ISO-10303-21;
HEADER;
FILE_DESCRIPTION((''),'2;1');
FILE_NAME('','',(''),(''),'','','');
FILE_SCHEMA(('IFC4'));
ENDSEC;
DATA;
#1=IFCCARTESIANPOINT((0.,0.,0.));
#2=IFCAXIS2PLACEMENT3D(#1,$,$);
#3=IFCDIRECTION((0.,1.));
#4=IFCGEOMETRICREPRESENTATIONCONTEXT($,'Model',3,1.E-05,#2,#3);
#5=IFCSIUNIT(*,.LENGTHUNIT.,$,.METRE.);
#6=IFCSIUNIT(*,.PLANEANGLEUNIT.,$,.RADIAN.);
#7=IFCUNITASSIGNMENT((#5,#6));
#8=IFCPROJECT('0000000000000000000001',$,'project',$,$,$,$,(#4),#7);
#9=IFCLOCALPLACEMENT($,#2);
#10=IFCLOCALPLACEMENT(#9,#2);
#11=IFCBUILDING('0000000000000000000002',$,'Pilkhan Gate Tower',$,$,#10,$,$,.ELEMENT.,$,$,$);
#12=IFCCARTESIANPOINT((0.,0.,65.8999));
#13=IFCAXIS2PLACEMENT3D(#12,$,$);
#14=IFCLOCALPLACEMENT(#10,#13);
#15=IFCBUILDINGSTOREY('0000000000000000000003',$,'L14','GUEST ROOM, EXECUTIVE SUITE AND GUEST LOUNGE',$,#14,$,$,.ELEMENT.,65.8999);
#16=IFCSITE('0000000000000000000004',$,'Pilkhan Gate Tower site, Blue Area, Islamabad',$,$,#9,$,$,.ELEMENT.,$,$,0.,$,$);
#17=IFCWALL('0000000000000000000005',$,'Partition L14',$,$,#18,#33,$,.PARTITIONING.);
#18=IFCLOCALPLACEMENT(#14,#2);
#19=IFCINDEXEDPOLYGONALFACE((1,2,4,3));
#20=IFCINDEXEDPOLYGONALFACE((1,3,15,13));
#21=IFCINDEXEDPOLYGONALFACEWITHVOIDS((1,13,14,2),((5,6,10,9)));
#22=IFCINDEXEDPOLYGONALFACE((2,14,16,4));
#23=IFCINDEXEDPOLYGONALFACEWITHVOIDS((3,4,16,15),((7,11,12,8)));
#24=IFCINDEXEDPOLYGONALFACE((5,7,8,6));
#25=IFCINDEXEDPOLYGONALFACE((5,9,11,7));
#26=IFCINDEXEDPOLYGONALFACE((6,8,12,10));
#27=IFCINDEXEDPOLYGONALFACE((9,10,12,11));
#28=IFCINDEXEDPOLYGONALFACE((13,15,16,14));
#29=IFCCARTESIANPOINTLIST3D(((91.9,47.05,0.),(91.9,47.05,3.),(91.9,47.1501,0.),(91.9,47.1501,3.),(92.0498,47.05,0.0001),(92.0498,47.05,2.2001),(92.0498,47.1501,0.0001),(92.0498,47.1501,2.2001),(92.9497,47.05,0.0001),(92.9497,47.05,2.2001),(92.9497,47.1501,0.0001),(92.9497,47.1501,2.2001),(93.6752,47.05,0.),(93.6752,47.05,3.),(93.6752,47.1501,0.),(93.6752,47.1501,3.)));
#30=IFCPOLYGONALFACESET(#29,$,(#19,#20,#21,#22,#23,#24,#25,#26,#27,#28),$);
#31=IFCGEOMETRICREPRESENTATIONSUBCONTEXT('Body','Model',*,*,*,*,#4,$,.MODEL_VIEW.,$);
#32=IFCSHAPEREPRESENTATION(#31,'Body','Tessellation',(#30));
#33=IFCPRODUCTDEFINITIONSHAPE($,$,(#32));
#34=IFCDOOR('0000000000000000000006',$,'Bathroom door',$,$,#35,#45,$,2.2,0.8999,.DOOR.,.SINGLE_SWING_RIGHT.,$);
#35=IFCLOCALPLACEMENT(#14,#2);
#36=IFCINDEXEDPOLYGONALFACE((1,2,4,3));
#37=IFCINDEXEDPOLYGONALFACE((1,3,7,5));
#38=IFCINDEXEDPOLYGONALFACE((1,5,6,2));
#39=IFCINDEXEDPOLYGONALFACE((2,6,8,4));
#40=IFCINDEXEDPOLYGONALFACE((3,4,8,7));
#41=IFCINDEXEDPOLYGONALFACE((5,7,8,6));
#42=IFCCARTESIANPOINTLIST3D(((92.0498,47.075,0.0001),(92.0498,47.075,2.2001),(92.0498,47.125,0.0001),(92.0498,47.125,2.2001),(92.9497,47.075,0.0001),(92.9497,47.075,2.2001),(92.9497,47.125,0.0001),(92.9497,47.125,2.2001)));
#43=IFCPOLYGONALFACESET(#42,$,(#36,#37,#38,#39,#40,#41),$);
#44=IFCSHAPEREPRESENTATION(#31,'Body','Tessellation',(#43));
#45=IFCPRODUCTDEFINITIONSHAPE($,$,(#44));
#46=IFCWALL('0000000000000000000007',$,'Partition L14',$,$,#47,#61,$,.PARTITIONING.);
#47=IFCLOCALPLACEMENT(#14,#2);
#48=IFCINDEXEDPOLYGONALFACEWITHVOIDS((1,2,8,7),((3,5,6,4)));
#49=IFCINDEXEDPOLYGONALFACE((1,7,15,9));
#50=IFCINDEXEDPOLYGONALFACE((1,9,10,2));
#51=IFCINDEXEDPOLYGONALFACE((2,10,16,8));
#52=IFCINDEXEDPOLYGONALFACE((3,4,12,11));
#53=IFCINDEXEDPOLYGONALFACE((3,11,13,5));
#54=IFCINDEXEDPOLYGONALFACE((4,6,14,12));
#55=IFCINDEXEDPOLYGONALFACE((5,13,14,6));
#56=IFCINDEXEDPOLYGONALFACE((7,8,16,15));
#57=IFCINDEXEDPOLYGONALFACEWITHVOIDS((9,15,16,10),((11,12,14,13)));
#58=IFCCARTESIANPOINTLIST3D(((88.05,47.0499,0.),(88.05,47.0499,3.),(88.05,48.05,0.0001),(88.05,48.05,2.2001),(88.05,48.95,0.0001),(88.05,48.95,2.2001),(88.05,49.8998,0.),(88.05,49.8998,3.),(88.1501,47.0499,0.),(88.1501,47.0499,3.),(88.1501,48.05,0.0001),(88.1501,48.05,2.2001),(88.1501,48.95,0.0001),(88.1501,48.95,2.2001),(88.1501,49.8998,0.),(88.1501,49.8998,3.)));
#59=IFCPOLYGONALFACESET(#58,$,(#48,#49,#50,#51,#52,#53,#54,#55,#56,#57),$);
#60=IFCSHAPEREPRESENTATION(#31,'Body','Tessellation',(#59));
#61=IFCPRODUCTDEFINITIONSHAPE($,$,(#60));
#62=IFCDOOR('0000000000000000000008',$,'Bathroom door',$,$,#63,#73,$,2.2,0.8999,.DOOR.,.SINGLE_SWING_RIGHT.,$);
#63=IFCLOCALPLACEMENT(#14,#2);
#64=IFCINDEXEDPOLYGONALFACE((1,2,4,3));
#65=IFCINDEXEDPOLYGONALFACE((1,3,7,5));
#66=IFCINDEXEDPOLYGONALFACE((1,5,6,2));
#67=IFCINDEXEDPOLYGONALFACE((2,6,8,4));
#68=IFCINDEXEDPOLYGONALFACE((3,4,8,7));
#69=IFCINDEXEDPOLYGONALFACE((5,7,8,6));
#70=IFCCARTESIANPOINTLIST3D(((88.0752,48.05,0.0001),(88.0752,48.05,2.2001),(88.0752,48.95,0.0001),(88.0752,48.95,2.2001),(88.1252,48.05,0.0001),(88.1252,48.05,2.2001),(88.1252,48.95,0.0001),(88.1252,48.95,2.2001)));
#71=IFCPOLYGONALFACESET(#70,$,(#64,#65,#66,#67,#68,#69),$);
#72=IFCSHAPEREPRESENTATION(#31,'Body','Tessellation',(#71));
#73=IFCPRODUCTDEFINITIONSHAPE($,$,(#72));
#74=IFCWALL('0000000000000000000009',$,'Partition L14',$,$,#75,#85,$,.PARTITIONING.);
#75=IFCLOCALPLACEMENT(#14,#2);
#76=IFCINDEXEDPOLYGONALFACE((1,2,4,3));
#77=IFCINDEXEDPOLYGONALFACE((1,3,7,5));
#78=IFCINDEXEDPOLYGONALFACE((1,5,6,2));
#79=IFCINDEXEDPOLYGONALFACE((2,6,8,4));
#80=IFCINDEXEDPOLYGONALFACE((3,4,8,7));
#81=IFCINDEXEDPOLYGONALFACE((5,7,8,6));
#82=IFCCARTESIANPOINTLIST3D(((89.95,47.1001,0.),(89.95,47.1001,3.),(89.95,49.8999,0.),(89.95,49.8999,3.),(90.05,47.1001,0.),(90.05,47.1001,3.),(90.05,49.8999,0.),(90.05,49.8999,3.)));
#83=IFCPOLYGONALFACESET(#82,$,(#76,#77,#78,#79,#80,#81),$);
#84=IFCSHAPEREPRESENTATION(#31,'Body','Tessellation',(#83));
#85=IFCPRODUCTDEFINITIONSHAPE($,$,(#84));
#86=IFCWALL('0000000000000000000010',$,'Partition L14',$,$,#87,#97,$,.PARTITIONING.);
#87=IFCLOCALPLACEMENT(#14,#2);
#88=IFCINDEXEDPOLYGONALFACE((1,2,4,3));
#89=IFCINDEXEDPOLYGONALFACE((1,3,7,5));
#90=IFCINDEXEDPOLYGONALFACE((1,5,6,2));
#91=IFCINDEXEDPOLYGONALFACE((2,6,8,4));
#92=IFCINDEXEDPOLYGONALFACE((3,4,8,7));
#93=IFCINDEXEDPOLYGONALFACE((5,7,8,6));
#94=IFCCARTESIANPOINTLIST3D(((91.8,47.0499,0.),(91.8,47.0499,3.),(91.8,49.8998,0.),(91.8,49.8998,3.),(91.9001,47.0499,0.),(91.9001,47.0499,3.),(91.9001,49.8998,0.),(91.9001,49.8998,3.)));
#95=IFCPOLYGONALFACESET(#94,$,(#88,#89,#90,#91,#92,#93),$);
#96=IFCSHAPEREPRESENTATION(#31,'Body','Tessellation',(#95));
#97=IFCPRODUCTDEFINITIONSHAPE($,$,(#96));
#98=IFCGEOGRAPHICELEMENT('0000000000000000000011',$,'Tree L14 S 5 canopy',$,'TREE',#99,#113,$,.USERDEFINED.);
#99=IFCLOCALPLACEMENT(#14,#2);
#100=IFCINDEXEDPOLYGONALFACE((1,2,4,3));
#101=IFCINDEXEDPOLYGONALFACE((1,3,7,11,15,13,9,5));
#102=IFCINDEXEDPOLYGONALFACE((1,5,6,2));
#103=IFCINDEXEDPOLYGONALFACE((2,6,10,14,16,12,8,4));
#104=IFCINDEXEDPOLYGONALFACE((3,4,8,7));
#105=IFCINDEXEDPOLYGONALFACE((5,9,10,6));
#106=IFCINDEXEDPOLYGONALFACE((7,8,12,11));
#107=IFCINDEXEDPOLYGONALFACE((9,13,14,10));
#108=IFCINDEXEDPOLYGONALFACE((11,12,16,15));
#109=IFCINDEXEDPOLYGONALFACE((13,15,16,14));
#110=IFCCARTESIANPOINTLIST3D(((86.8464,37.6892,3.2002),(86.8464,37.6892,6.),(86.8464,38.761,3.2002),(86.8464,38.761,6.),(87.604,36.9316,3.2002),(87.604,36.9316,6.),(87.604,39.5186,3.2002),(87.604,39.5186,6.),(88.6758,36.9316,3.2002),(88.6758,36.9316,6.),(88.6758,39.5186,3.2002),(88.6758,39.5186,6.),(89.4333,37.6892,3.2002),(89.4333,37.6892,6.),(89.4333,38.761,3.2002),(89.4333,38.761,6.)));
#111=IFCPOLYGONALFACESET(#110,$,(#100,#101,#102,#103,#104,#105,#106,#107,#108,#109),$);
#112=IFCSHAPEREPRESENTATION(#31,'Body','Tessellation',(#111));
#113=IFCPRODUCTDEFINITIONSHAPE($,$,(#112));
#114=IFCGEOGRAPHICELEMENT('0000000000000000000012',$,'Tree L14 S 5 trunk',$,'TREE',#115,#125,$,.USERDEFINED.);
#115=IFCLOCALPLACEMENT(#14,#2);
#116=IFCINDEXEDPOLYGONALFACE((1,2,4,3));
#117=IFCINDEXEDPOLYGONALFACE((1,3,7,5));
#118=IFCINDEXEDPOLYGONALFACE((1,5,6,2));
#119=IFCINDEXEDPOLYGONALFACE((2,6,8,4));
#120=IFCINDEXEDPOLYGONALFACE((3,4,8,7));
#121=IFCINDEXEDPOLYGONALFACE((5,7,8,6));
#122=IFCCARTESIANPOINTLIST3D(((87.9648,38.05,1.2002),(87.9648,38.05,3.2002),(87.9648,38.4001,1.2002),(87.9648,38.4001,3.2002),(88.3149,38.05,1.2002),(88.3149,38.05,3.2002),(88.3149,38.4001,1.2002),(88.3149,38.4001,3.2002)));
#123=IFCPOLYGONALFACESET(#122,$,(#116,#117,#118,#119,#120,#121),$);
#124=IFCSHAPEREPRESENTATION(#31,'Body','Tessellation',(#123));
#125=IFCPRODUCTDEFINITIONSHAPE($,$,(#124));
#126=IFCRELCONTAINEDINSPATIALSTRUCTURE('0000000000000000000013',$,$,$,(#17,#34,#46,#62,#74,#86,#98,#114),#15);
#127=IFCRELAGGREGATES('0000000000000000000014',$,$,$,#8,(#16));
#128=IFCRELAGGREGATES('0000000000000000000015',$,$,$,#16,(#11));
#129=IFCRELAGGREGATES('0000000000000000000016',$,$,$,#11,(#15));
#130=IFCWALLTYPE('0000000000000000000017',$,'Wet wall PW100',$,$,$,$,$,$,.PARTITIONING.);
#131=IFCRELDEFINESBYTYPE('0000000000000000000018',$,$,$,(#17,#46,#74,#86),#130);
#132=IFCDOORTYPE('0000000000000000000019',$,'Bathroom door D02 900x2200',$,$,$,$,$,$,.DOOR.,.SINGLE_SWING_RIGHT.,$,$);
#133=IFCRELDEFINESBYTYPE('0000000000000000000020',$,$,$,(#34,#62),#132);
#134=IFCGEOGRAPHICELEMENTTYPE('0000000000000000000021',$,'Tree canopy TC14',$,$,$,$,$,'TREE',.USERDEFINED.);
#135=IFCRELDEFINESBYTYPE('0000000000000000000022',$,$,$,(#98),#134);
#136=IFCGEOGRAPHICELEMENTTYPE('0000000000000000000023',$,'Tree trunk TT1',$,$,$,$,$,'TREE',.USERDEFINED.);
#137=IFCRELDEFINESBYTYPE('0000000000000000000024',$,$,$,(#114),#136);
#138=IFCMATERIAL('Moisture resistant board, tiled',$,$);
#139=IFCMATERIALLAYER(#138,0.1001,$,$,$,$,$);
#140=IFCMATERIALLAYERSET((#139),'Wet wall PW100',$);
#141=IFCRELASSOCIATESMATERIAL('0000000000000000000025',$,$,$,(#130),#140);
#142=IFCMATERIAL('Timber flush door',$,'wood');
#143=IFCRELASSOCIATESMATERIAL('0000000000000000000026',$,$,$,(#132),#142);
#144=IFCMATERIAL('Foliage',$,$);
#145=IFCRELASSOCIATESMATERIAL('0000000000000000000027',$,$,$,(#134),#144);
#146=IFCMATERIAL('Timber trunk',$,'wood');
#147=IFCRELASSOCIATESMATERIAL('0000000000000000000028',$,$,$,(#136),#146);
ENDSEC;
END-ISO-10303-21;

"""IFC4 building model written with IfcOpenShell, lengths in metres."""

from ifc_helpers import new_model, si_unit, direction, frame, frame_2d, origin, origin_2d, place, context, subcontext, project, spatial, polyline, rectangle, outline, extrude, material, layer, layer_set, material_profile, profile_set, type_object, element, fill, save


model = new_model("IFC4")

# Units and contexts
model_context = context("Model", 3, precision=1e-05, world=origin(), true_north=direction((0.0, 1.0)))
body_context = subcontext(model_context, "Body", "Model", "MODEL_VIEW")
ifc_project = project(units=[si_unit("LENGTHUNIT", "METRE"), si_unit("PLANEANGLEUNIT", "RADIAN")], contexts=[model_context])

# Site, building, storey
site_placement = place(None, origin())
site = spatial("IfcSite", under=ifc_project, at=site_placement, Name="Pilkhan Gate Tower site, Blue Area, Islamabad", CompositionType="ELEMENT", RefElevation=0.0)
building_placement = place(site_placement, origin())
building = spatial("IfcBuilding", under=site, at=building_placement, Name="Pilkhan Gate Tower", CompositionType="ELEMENT")
storey_placement = place(building_placement, frame((0.0, 0.0, 65.8999)))
storey = spatial("IfcBuildingStorey", under=building, at=storey_placement, Name="L14", Description="GUEST ROOM, EXECUTIVE SUITE AND GUEST LOUNGE", CompositionType="ELEMENT", Elevation=65.8999)

# Shared definitions
ifc_material_1 = material(Name="Moisture resistant board, tiled")
ifc_layer_1 = layer(ifc_material_1, 0.1001)
ifc_layer_set_1 = layer_set([ifc_layer_1], Name="Wet wall PW100")
wall_type_1 = type_object("IfcWallType", Name="Wet wall PW100", PredefinedType="PARTITIONING", material=ifc_layer_set_1)

# Walls, openings, doors
wall_1_placement = place(storey_placement, frame((91.8999, 47.1001, 0.0), z_axis=(0.0, 0.0, 1.0), x_axis=(1.0, 0.0, 0.0)))
wall_1 = element("IfcWall", 1, at=wall_1_placement, inside=storey, type_object=wall_type_1, Name="Partition L14", PredefinedType="PARTITIONING", context=body_context, shape_type="SweptSolid", body=[
    extrude(rectangle(XDim=1.7751, YDim=0.1001, at=frame_2d((0.8877, 0.0))), origin(), (0.0, 0.0, 1.0), 3.0),
])
opening_1_placement = place(wall_1_placement, frame((0.1499, 0.0, 0.0)))
opening_1 = element("IfcOpeningElement", 2, at=opening_1_placement, cuts=wall_1, PredefinedType="OPENING", context=body_context, shape_type="SweptSolid", body=[
    extrude(rectangle(XDim=0.8999, YDim=2.2, at=frame_2d((0.45, 1.1001))), frame((0.0, 0.0601, 0.0), z_axis=(0.0, -1.0, 0.0), x_axis=(1.0, 0.0, 0.0)), (0.0, 0.0, 1.0), 0.1201),
])
ifc_material_2 = material(Name="Timber flush door", Category="wood")
door_type = type_object("IfcDoorType", Name="Bathroom door D02 900x2200", OperationType="SINGLE_SWING_RIGHT", PredefinedType="DOOR", material=ifc_material_2)
door_1_placement = place(opening_1_placement, origin())
door_1 = element("IfcDoor", 3, at=door_1_placement, inside=storey, type_object=door_type, Name="Bathroom door", OperationType="SINGLE_SWING_RIGHT", OverallHeight=2.2, OverallWidth=0.8999, PredefinedType="DOOR", context=body_context, shape_type="SweptSolid", body=[
    extrude(rectangle(XDim=0.8999, YDim=2.2, at=frame_2d((0.45, 1.1001))), frame((0.0, 0.0249, 0.0), z_axis=(0.0, -1.0, 0.0), x_axis=(1.0, 0.0, 0.0)), (0.0, 0.0, 1.0), 0.05),
])
fill(opening_1, door_1)
wall_2_placement = place(storey_placement, frame((88.1001, 47.05, 0.0), z_axis=(0.0, 0.0, 1.0), x_axis=(0.0, 1.0, 0.0)))
wall_2 = element("IfcWall", 4, at=wall_2_placement, inside=storey, type_object=wall_type_1, Name="Partition L14", PredefinedType="PARTITIONING", context=body_context, shape_type="SweptSolid", body=[
    extrude(rectangle(XDim=2.8499, YDim=0.1001, at=frame_2d((1.4248, 0.0))), origin(), (0.0, 0.0, 1.0), 3.0),
])
opening_2_placement = place(wall_2_placement, frame((1.0, 0.0, 0.0)))
opening_2 = element("IfcOpeningElement", 5, at=opening_2_placement, cuts=wall_2, PredefinedType="OPENING", context=body_context, shape_type="SweptSolid", body=[
    extrude(rectangle(XDim=0.8999, YDim=2.2, at=frame_2d((0.45, 1.1001))), frame((0.0, 0.0601, 0.0), z_axis=(0.0, -1.0, 0.0), x_axis=(1.0, 0.0, 0.0)), (0.0, 0.0, 1.0), 0.1201),
])
door_2_placement = place(opening_2_placement, origin())
door_2 = element("IfcDoor", 6, at=door_2_placement, inside=storey, type_object=door_type, Name="Bathroom door", OperationType="SINGLE_SWING_RIGHT", OverallHeight=2.2, OverallWidth=0.8999, PredefinedType="DOOR", context=body_context, shape_type="SweptSolid", body=[
    extrude(rectangle(XDim=0.8999, YDim=2.2, at=frame_2d((0.45, 1.1001))), frame((0.0, 0.0249, 0.0), z_axis=(0.0, -1.0, 0.0), x_axis=(1.0, 0.0, 0.0)), (0.0, 0.0, 1.0), 0.05),
])
fill(opening_2, door_2)

# Walls
wall_3_placement = place(storey_placement, frame((90.0, 47.1001, 0.0), z_axis=(0.0, 0.0, 1.0), x_axis=(0.0, 1.0, 0.0)))
element("IfcWall", 7, at=wall_3_placement, inside=storey, type_object=wall_type_1, Name="Partition L14", PredefinedType="PARTITIONING", context=body_context, shape_type="SweptSolid", body=[
    extrude(rectangle(XDim=2.7998, YDim=0.1001, at=frame_2d((1.3999, 0.0))), origin(), (0.0, 0.0, 1.0), 3.0),
])
wall_4_placement = place(storey_placement, frame((91.8501, 47.05, 0.0), z_axis=(0.0, 0.0, 1.0), x_axis=(0.0, 1.0, 0.0)))
element("IfcWall", 8, at=wall_4_placement, inside=storey, type_object=wall_type_1, Name="Partition L14", PredefinedType="PARTITIONING", context=body_context, shape_type="SweptSolid", body=[
    extrude(rectangle(XDim=2.8499, YDim=0.1001, at=frame_2d((1.4248, 0.0))), origin(), (0.0, 0.0, 1.0), 3.0),
])

# Geographic elements
ifc_material_3 = material(Name="Foliage")
ifc_material_profile_1 = material_profile(ifc_material_3, outline(polyline([(1.2935, 0.5359), (0.5359, 1.2935), (-0.5359, 1.2935), (-1.2935, 0.5359), (-1.2935, -0.5359), (-0.5359, -1.2935), (0.5359, -1.2935), (1.2935, -0.5359), (1.2935, 0.5359)])), Name="Canopy D2.8")
ifc_profile_set_1 = profile_set([ifc_material_profile_1], Name="Foliage")
geographic_element_type_1 = type_object("IfcGeographicElementType", Name="Tree canopy TC14", ElementType="TREE", PredefinedType="USERDEFINED", material=ifc_profile_set_1)
geographic_element_1_placement = place(storey_placement, frame((88.1399, 38.2251, 3.2002), z_axis=(0.0, 0.0, 1.0), x_axis=(1.0, 0.0, 0.0)))
element("IfcGeographicElement", 9, at=geographic_element_1_placement, inside=storey, type_object=geographic_element_type_1, Name="Tree L14 S 5 canopy", ObjectType="TREE", PredefinedType="USERDEFINED", context=body_context, shape_type="SweptSolid", body=[
    extrude(outline(polyline([(1.2935, 0.5359), (0.5359, 1.2935), (-0.5359, 1.2935), (-1.2935, 0.5359), (-1.2935, -0.5359), (-0.5359, -1.2935), (0.5359, -1.2935), (1.2935, -0.5359), (1.2935, 0.5359)])), origin(), (0.0, 0.0, 1.0), 2.7998),
])
ifc_material_4 = material(Name="Timber trunk", Category="wood")
geographic_element_type_2 = type_object("IfcGeographicElementType", Name="Tree trunk TT1", ElementType="TREE", PredefinedType="USERDEFINED", material=ifc_material_4)
geographic_element_2_placement = place(storey_placement, frame((88.1399, 38.2251, 1.2002), z_axis=(0.0, 0.0, 1.0), x_axis=(1.0, 0.0, 0.0)))
element("IfcGeographicElement", 10, at=geographic_element_2_placement, inside=storey, type_object=geographic_element_type_2, Name="Tree L14 S 5 trunk", ObjectType="TREE", PredefinedType="USERDEFINED", context=body_context, shape_type="SweptSolid", body=[
    extrude(rectangle(XDim=0.3501, YDim=0.3501, at=origin_2d()), origin(), (0.0, 0.0, 1.0), 2.0),
])

save(model, "model.ifc")
